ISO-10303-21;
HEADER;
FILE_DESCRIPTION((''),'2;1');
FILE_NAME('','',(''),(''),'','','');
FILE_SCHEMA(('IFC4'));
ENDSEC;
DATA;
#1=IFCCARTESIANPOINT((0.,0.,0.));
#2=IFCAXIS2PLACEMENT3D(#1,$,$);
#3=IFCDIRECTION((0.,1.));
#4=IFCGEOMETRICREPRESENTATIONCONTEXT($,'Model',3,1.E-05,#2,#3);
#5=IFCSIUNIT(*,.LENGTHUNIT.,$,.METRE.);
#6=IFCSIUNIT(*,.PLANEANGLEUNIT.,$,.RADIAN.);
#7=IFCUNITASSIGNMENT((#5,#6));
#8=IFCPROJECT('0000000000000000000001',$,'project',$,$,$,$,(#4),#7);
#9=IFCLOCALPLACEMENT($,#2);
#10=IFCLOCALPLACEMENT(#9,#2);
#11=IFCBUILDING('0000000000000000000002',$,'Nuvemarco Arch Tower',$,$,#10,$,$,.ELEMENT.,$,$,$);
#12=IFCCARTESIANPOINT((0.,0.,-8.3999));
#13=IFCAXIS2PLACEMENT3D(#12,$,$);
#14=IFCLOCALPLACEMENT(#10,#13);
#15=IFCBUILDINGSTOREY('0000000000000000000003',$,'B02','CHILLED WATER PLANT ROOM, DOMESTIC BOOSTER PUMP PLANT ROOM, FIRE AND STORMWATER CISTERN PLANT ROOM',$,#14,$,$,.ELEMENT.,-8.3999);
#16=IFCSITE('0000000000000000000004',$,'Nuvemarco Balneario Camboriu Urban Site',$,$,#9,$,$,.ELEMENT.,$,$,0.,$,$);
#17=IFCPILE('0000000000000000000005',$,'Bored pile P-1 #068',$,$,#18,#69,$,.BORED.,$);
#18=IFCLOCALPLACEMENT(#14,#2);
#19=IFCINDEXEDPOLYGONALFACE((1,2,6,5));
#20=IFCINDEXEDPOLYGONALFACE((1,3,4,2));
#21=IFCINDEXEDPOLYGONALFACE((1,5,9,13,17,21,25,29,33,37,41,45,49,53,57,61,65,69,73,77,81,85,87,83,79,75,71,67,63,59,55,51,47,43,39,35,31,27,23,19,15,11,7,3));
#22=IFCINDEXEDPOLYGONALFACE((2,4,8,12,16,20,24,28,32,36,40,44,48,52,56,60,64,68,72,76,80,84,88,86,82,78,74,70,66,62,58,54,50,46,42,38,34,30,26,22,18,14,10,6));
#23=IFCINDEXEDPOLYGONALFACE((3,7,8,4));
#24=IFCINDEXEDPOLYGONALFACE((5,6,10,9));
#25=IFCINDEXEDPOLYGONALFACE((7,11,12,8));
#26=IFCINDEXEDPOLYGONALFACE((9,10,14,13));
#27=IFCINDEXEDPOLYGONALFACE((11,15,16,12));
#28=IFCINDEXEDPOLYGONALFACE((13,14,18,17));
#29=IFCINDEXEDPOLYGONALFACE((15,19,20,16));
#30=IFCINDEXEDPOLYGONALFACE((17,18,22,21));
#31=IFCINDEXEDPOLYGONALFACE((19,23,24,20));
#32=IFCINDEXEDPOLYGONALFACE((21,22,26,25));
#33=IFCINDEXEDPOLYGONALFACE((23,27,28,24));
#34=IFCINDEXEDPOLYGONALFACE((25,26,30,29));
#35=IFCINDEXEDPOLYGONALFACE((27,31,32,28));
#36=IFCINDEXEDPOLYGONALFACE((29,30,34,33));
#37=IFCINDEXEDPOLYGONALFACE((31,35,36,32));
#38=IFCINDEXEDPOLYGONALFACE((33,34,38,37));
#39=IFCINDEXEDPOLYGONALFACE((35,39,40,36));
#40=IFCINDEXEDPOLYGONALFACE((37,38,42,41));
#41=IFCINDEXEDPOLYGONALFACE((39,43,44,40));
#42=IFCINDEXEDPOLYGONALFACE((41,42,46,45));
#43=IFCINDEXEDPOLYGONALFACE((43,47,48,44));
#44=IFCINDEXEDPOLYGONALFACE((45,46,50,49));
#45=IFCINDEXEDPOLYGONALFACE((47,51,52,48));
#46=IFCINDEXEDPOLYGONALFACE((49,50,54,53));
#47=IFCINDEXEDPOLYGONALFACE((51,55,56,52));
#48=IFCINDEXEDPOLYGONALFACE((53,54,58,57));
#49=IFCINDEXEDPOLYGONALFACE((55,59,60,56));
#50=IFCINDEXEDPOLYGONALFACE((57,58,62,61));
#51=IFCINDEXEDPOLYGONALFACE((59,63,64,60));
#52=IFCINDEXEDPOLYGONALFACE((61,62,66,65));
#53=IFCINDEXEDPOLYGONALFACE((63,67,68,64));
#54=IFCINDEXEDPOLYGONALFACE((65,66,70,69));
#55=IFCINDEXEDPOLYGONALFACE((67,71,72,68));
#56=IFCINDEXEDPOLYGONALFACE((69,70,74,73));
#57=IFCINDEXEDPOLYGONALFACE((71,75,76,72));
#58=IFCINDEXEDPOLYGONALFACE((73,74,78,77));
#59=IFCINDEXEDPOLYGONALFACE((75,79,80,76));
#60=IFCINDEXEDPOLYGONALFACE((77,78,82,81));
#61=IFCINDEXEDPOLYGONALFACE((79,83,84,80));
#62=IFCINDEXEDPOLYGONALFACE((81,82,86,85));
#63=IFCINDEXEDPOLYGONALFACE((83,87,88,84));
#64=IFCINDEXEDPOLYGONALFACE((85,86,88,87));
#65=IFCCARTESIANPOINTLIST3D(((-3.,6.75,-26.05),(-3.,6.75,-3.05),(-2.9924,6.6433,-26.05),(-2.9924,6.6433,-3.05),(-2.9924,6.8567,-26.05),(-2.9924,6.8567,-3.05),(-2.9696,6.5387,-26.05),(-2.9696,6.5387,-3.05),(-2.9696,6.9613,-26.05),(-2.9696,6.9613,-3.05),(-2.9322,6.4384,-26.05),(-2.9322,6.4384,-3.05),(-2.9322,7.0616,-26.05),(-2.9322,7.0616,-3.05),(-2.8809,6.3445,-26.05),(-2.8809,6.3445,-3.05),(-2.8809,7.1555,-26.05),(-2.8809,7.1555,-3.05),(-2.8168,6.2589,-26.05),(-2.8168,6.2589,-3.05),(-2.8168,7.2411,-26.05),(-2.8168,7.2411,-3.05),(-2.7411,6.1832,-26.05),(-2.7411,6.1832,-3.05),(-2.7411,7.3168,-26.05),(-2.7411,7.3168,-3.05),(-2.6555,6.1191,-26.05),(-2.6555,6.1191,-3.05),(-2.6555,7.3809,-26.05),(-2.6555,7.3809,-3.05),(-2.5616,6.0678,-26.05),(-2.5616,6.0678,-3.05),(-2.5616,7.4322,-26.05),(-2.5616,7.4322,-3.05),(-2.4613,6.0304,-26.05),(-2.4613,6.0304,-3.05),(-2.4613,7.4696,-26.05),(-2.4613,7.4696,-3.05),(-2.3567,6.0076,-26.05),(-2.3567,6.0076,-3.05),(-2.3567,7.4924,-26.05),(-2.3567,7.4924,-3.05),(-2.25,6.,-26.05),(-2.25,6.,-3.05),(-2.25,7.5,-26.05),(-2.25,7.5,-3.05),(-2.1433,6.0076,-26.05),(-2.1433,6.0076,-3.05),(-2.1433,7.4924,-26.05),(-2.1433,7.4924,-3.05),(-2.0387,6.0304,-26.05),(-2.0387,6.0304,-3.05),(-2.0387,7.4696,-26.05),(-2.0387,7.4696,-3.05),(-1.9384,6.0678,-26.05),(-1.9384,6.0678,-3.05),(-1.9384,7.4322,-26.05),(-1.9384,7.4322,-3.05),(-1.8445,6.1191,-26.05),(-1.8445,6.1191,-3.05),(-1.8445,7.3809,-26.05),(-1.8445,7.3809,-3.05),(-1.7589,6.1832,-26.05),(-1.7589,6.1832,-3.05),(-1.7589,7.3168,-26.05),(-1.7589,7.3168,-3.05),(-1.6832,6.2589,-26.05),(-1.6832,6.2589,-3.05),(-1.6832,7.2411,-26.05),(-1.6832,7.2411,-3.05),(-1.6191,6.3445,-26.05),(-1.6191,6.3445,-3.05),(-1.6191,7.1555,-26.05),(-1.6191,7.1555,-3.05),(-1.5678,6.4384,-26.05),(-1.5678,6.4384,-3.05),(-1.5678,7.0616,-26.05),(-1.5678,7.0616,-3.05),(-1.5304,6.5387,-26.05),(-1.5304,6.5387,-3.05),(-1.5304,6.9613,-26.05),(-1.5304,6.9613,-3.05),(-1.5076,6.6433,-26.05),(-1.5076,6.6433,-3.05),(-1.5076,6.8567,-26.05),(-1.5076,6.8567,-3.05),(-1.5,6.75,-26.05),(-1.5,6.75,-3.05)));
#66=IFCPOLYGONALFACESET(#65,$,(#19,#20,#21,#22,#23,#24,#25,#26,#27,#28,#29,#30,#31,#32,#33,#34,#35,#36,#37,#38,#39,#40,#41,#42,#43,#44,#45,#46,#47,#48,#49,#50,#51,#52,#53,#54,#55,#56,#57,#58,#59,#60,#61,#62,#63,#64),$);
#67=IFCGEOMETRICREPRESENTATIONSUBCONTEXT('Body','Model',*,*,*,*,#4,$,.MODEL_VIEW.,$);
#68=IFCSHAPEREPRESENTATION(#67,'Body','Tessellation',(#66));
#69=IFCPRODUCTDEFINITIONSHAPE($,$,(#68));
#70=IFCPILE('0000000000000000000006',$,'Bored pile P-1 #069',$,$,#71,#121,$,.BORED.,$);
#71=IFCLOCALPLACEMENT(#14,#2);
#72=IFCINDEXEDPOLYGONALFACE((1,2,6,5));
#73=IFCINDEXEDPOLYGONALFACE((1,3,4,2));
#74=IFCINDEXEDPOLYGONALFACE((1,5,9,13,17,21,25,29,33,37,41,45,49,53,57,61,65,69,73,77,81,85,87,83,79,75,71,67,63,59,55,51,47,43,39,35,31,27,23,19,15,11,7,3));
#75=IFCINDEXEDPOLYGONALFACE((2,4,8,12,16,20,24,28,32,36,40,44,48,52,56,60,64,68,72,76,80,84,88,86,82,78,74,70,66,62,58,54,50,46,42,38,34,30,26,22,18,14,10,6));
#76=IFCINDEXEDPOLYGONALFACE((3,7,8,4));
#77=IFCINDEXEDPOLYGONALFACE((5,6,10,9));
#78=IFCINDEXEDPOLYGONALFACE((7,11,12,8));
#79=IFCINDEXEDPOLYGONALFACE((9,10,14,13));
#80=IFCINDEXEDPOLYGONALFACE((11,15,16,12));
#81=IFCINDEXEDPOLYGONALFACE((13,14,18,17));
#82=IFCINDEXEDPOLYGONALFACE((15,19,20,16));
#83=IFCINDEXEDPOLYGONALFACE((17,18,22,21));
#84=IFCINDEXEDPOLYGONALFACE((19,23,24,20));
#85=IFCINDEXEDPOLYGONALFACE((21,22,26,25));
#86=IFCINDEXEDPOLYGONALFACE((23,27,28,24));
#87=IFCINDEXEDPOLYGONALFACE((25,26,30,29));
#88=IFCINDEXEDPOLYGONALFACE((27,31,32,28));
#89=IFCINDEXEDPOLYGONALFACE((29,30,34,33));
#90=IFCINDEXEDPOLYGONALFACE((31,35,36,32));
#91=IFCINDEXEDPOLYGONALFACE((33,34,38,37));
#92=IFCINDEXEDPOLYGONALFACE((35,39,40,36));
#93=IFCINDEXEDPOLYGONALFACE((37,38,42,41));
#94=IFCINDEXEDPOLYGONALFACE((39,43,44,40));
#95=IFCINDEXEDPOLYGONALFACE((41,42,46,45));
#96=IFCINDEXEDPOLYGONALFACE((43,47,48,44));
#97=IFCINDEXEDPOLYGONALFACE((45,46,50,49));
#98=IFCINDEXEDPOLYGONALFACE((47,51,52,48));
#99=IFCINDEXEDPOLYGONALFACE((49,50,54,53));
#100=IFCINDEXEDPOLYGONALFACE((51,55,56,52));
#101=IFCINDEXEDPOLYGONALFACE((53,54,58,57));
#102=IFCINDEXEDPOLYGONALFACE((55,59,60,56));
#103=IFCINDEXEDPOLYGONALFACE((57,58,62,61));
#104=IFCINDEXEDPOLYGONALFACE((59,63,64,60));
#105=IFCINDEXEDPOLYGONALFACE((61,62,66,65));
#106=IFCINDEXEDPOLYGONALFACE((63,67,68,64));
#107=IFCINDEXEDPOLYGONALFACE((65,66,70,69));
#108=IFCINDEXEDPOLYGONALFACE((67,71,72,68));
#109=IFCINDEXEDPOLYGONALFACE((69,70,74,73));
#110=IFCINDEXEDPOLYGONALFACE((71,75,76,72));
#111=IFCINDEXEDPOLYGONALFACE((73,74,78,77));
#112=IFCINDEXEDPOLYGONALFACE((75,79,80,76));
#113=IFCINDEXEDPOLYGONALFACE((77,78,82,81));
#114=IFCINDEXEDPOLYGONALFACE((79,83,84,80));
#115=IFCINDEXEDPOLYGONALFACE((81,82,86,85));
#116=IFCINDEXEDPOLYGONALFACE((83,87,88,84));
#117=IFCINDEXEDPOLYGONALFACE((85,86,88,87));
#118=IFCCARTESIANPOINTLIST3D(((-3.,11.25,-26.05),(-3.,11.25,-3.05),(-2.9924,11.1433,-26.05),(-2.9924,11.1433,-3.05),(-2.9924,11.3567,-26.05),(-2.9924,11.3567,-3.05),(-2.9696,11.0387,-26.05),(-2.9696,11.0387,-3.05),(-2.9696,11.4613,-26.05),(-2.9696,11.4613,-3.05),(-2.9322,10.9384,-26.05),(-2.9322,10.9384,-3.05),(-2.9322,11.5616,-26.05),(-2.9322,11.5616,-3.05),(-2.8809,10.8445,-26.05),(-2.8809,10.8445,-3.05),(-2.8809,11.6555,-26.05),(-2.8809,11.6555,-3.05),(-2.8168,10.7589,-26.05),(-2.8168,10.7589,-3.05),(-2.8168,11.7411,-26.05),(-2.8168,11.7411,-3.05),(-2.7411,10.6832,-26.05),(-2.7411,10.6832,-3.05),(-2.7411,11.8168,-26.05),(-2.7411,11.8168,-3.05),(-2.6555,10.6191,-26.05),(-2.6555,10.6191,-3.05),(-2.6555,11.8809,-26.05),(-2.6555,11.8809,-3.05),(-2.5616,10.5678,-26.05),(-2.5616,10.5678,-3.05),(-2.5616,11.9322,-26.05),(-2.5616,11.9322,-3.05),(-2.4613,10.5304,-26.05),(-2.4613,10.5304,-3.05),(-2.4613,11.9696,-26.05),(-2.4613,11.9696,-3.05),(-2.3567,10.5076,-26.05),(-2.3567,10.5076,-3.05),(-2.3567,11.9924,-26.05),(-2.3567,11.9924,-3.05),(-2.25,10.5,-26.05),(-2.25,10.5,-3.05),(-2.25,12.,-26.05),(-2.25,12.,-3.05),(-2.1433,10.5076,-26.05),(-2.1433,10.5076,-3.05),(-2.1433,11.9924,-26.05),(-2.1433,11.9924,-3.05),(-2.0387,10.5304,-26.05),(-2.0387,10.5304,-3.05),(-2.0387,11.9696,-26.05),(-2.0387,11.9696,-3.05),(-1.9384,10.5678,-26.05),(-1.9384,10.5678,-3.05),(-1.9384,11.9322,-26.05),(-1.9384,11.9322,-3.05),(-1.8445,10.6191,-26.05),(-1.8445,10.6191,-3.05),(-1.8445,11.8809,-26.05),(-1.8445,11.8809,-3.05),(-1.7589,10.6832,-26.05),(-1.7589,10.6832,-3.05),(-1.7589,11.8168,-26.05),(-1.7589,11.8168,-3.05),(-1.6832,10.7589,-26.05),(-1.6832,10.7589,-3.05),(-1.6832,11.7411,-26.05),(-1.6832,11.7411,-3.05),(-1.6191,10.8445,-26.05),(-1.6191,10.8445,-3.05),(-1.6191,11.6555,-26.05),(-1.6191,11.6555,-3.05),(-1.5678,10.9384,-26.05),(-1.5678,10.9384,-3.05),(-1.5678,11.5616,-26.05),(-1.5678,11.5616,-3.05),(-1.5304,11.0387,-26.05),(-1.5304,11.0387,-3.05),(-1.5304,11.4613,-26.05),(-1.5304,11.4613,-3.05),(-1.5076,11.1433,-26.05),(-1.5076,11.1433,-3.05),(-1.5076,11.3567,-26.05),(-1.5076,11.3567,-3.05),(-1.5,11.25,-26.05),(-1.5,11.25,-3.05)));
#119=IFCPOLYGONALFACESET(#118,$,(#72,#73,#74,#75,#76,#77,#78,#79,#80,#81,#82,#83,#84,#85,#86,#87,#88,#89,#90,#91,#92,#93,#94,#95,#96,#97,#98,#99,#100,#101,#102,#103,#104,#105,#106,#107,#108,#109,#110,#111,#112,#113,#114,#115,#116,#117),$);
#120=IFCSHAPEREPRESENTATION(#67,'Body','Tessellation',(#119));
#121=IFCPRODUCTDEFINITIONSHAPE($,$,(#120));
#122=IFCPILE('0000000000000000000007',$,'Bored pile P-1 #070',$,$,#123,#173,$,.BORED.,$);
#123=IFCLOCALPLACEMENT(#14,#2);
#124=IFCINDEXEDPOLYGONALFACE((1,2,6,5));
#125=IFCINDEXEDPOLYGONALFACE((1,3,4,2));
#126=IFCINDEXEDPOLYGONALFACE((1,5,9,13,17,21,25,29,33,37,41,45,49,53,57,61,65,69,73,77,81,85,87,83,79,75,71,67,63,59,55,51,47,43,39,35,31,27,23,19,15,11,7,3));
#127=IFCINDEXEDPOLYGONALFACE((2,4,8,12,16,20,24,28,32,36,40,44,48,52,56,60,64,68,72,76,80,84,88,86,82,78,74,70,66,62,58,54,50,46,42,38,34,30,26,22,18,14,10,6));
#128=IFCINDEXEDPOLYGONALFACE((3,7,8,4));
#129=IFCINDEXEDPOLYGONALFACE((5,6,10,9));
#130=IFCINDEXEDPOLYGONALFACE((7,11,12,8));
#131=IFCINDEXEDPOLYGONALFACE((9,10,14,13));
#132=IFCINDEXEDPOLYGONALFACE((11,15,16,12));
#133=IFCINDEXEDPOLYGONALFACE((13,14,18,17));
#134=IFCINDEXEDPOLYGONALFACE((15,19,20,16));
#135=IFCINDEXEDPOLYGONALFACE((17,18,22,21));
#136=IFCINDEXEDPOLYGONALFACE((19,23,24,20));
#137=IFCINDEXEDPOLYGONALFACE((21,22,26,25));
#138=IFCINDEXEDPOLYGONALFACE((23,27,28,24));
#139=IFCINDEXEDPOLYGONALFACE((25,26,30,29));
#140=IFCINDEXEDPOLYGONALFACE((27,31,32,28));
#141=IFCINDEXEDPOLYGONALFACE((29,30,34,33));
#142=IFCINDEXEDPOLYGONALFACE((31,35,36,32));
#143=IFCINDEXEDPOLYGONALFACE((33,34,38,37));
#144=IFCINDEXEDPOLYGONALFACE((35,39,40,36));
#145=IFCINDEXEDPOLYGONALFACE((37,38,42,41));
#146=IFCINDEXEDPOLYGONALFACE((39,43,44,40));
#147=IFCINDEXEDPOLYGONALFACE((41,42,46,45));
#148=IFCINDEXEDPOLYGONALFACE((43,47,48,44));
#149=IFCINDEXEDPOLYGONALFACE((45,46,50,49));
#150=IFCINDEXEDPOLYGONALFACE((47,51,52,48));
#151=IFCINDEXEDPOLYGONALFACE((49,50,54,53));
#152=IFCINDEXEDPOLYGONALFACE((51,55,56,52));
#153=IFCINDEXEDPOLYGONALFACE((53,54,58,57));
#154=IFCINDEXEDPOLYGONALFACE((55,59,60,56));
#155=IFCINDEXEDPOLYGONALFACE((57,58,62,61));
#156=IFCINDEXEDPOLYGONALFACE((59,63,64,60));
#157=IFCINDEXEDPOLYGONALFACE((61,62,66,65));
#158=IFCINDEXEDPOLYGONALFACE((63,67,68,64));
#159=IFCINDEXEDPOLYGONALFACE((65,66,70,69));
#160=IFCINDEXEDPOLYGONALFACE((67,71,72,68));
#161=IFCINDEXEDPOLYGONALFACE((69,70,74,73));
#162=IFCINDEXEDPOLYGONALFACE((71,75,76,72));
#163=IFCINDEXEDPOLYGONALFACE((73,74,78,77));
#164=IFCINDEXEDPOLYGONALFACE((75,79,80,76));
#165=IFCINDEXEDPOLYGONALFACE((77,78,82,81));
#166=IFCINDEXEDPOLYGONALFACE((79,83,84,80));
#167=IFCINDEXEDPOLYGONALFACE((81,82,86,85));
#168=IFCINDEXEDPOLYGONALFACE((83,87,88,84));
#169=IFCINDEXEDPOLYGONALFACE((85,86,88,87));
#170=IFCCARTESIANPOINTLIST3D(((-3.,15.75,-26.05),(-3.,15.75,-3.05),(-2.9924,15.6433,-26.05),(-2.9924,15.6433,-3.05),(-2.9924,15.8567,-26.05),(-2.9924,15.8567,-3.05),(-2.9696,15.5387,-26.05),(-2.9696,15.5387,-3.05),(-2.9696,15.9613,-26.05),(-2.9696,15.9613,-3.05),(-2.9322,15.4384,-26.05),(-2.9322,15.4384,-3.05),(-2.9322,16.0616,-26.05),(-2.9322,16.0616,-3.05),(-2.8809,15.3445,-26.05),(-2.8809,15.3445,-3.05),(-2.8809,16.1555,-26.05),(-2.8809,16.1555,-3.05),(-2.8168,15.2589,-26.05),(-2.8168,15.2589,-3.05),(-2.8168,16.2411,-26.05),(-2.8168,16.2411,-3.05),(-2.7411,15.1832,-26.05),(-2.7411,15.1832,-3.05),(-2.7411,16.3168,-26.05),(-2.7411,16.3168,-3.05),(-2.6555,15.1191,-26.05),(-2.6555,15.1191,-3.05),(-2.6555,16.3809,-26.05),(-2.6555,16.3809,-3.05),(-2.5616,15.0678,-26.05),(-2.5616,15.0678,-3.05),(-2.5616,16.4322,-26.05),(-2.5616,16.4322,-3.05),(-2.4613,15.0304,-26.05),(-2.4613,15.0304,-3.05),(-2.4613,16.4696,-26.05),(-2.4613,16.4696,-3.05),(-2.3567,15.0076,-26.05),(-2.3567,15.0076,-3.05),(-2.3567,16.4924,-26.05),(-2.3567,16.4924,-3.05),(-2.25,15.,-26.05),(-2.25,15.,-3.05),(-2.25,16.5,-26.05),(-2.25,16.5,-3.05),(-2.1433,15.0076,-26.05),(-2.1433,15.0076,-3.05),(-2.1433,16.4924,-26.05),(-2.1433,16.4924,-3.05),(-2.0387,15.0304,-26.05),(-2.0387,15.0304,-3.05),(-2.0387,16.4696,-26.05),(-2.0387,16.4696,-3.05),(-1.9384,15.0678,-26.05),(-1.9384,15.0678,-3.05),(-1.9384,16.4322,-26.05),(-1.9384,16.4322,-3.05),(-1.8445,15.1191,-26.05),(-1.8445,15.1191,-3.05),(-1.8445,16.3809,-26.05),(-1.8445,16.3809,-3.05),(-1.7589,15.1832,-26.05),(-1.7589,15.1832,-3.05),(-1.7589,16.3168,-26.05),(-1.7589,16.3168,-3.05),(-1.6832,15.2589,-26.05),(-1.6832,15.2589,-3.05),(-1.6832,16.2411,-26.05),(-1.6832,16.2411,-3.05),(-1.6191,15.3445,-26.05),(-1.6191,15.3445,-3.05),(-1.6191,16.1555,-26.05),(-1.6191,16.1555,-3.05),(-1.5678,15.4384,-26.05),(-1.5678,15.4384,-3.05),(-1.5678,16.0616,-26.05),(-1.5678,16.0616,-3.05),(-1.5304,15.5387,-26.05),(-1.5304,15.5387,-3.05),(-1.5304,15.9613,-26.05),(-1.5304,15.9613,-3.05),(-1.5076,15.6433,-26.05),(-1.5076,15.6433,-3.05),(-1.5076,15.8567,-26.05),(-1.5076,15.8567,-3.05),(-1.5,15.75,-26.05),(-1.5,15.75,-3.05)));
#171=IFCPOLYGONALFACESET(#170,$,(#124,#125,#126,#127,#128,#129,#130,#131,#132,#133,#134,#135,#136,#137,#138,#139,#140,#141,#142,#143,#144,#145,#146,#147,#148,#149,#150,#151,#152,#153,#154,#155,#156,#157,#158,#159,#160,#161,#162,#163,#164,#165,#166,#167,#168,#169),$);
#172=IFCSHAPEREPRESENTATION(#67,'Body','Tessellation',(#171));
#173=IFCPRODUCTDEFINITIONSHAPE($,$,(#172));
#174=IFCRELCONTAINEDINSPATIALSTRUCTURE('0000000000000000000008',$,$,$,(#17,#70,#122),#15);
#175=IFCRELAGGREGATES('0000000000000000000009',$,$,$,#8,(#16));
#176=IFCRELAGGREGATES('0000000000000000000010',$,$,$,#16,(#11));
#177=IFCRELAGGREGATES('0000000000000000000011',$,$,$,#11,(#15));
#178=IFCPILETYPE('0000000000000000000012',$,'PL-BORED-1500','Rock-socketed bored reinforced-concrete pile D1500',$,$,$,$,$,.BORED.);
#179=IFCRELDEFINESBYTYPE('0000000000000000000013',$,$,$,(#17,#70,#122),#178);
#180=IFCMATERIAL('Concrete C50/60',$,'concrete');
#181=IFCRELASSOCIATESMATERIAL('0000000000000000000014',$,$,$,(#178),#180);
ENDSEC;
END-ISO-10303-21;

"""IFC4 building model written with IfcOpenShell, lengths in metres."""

from ifc_helpers import new_model, si_unit, direction, frame, origin, origin_2d, place, context, subcontext, project, spatial, circle, extrude, material, material_profile, profile_set, type_object, element, save


model = new_model("IFC4")

# Units and contexts
model_context = context("Model", 3, precision=1e-05, world=origin(), true_north=direction((0.0, 1.0)))
body_context = subcontext(model_context, "Body", "Model", "MODEL_VIEW")
ifc_project = project(units=[si_unit("LENGTHUNIT", "METRE"), si_unit("PLANEANGLEUNIT", "RADIAN")], contexts=[model_context])

# Site, building, storey
site_placement = place(None, origin())
site = spatial("IfcSite", under=ifc_project, at=site_placement, Name="Nuvemarco Balneario Camboriu Urban Site", CompositionType="ELEMENT", RefElevation=0.0)
building_placement = place(site_placement, origin())
building = spatial("IfcBuilding", under=site, at=building_placement, Name="Nuvemarco Arch Tower", CompositionType="ELEMENT")
storey_placement = place(building_placement, frame((0.0, 0.0, -8.3999)))
storey = spatial("IfcBuildingStorey", under=building, at=storey_placement, Name="B02", Description="CHILLED WATER PLANT ROOM, DOMESTIC BOOSTER PUMP PLANT ROOM, FIRE AND STORMWATER CISTERN PLANT ROOM", CompositionType="ELEMENT", Elevation=-8.3999)

# Piles
ifc_material_1 = material(Name="Concrete C50/60", Category="concrete")
ifc_material_profile_1 = material_profile(ifc_material_1, circle(Radius=0.75, at=origin_2d()), Name="PILE-D1500")
ifc_profile_set_1 = profile_set([ifc_material_profile_1], Name="Concrete C50/60")
pile_type = type_object("IfcPileType", Name="PL-BORED-1500", Description="Rock-socketed bored reinforced-concrete pile D1500", PredefinedType="BORED", material=ifc_profile_set_1)
for number, where, z_axis, x_axis, name in (
    (1, (-2.25, 6.75, -3.05), (0.0, 0.0, -1.0), (1.0, 0.0, 0.0), "Bored pile P-1 #068"),
    (2, (-2.25, 11.25, -3.05), (0.0, 0.0, -1.0), (1.0, 0.0, 0.0), "Bored pile P-1 #069"),
    (3, (-2.25, 15.75, -3.05), (0.0, 0.0, -1.0), (1.0, 0.0, 0.0), "Bored pile P-1 #070"),
):
    element("IfcPile", number, at=place(storey_placement, frame(where, z_axis=z_axis, x_axis=x_axis)), inside=storey, type_object=pile_type, Name=name, PredefinedType="BORED", context=body_context, shape_type="SweptSolid", body=[
        extrude(circle(Radius=0.75, at=origin_2d()), origin(), (0.0, 0.0, 1.0), 23.0),
    ])

save(model, "model.ifc")
